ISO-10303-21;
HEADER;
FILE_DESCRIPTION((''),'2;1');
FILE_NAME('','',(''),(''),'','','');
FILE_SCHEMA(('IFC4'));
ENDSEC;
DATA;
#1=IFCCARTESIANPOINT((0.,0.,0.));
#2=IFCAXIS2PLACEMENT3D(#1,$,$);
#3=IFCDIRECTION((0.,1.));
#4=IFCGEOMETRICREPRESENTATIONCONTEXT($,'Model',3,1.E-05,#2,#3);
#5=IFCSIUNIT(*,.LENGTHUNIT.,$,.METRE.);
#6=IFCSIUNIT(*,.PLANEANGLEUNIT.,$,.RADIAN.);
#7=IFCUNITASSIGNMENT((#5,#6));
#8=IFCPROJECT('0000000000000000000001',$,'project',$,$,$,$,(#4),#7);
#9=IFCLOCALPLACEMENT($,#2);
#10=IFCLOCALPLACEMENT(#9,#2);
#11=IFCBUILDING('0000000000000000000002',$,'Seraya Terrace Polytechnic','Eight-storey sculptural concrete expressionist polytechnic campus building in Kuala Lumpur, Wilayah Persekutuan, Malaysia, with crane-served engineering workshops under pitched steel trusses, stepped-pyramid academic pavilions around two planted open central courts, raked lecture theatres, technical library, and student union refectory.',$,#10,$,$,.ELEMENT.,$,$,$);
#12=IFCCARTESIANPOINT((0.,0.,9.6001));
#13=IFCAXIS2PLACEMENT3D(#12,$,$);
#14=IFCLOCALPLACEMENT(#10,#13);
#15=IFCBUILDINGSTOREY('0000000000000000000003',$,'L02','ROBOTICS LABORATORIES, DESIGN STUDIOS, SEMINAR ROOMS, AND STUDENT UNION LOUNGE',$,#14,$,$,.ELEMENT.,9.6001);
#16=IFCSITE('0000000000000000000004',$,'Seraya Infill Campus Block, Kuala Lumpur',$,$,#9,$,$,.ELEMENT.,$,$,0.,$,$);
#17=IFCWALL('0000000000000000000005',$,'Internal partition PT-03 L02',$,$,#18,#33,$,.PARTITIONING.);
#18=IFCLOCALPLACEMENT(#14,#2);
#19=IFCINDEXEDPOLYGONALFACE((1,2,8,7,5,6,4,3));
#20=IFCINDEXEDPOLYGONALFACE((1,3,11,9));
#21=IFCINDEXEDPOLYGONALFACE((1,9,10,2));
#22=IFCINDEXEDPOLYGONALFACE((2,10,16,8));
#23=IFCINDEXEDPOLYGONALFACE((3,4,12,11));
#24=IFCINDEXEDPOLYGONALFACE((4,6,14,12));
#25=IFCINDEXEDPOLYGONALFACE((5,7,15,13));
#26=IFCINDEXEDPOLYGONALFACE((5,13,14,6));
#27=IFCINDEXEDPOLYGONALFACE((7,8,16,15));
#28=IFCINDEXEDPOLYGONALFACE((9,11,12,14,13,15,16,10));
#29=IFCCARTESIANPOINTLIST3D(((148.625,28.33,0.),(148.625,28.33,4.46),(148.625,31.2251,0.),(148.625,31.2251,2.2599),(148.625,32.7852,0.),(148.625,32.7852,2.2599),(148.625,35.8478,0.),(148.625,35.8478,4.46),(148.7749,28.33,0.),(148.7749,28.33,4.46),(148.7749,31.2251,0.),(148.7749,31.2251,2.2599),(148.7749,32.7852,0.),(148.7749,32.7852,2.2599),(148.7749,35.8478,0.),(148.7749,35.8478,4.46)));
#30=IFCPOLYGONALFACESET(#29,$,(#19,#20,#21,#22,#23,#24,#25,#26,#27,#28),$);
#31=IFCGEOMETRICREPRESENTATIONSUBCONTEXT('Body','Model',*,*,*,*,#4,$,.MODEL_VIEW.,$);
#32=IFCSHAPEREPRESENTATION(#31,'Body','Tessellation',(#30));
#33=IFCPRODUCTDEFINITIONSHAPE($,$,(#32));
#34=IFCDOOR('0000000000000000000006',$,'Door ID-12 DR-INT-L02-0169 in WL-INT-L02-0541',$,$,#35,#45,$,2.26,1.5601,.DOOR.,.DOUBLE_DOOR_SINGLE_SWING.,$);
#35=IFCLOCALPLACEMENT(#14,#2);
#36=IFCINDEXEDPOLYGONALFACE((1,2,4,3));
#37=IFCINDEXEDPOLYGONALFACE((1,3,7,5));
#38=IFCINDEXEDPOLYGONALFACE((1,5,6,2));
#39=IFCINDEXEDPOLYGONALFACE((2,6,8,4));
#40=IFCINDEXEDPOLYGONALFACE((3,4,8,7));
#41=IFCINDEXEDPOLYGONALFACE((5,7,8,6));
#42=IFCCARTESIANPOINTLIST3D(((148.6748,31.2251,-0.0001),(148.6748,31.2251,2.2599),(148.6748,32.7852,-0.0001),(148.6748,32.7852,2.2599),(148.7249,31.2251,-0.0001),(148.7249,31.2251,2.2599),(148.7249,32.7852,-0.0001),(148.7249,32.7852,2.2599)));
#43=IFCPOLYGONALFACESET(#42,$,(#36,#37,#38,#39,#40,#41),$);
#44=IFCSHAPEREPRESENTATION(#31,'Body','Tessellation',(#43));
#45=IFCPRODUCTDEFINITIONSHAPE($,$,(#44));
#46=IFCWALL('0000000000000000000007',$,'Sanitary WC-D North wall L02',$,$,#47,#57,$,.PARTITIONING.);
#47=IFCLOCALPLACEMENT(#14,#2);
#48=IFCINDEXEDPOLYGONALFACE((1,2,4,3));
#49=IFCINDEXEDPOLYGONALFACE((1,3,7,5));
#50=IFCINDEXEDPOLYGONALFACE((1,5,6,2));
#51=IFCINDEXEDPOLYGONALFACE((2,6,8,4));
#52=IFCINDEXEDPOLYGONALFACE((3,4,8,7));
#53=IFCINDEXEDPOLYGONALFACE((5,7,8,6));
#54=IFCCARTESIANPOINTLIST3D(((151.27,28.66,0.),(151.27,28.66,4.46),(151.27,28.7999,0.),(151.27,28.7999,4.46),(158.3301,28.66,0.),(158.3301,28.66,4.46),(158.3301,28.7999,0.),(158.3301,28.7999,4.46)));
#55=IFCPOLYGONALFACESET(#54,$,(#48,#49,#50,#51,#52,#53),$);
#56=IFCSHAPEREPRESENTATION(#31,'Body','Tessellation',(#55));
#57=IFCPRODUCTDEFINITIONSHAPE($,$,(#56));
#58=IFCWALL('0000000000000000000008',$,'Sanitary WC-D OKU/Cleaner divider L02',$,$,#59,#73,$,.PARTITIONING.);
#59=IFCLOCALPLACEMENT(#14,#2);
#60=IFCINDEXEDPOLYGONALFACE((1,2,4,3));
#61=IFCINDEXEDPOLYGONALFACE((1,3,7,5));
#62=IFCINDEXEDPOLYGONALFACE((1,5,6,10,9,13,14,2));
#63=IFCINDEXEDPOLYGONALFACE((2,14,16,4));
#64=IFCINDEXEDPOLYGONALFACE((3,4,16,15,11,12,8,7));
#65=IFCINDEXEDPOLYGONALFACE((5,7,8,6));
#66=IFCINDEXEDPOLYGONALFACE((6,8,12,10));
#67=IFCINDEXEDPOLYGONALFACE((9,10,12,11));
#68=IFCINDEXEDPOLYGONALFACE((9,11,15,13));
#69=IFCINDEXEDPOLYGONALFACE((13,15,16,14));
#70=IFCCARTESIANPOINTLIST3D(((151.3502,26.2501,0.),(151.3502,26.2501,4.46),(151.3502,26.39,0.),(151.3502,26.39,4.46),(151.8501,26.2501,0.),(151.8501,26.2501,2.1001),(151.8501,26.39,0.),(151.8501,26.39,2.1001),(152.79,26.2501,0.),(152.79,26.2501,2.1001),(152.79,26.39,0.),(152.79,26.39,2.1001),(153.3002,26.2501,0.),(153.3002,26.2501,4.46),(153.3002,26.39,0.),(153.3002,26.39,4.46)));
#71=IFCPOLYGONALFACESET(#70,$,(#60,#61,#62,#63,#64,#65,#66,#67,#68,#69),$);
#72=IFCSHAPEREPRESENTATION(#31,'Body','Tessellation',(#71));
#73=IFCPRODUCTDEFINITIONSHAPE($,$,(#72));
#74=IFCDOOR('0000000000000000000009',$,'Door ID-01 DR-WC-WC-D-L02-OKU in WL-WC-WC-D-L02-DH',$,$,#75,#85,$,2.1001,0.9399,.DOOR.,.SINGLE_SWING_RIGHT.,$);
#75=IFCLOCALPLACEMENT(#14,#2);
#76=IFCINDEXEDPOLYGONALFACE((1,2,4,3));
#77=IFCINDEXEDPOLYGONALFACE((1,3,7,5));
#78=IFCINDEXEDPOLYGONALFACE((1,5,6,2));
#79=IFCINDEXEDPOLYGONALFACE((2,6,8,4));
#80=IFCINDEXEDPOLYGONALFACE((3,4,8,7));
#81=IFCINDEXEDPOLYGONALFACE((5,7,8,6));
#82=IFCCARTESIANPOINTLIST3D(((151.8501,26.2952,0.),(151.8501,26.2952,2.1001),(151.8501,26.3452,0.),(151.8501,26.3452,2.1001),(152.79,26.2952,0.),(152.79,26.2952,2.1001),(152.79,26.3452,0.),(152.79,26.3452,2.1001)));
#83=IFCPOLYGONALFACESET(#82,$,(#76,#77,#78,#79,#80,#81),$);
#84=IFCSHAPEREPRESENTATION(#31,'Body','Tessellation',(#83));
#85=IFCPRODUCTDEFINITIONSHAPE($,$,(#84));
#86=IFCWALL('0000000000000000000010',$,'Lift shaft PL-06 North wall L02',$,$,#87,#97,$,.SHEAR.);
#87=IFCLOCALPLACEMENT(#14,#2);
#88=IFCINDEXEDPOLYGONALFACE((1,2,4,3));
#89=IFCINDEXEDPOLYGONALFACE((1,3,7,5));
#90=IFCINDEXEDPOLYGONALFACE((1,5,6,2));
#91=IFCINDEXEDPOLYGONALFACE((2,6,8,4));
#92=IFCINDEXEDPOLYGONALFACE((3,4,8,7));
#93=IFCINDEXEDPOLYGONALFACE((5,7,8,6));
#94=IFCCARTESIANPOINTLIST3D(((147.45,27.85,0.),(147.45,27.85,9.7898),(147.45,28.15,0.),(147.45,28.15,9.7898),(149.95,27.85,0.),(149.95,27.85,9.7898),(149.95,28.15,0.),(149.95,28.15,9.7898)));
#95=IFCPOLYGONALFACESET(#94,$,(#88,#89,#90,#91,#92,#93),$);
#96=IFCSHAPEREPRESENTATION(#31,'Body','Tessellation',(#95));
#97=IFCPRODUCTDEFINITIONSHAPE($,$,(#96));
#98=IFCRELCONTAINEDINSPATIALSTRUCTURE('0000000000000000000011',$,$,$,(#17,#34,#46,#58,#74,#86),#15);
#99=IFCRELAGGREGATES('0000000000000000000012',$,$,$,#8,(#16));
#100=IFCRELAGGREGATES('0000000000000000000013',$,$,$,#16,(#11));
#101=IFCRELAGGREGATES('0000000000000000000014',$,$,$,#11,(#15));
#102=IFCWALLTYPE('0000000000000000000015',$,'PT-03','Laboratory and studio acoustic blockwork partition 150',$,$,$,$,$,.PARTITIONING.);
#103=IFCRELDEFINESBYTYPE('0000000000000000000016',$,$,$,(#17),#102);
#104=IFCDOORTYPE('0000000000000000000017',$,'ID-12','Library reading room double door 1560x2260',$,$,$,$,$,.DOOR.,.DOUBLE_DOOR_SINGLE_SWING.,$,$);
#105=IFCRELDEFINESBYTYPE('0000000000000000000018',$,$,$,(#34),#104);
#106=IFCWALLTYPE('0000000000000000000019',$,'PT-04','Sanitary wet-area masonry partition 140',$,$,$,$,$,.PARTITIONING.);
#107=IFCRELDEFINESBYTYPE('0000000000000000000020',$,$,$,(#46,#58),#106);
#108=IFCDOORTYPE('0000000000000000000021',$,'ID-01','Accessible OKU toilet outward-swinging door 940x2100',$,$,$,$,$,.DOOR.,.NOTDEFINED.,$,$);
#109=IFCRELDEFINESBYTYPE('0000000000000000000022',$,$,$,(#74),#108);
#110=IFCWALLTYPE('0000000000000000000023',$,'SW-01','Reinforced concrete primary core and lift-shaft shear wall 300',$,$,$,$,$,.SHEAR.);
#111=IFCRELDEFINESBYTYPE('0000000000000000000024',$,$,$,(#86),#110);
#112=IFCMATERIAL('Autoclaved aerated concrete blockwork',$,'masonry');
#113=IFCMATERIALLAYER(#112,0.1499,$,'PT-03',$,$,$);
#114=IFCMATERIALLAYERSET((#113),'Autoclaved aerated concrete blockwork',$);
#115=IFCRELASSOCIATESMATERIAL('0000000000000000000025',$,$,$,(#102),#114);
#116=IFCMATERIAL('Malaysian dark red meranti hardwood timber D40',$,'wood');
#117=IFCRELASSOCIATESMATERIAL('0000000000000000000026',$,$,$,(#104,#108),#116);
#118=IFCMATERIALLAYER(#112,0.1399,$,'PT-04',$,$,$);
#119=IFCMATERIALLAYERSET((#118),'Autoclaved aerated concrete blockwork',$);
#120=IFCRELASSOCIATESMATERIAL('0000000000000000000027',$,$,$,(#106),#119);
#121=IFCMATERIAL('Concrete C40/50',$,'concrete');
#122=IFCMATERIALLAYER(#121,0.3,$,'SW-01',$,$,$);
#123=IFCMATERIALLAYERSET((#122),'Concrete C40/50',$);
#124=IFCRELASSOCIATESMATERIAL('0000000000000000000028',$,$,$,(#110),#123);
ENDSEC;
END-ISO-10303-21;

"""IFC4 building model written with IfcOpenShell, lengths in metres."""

from ifc_helpers import new_model, si_unit, direction, frame, frame_2d, origin, place, context, subcontext, project, spatial, rectangle, extrude, material, layer, layer_set, type_object, element, fill, save


model = new_model("IFC4")

# Units and contexts
model_context = context("Model", 3, precision=1e-05, world=origin(), true_north=direction((0.0, 1.0)))
body_context = subcontext(model_context, "Body", "Model", "MODEL_VIEW")
ifc_project = project(units=[si_unit("LENGTHUNIT", "METRE"), si_unit("PLANEANGLEUNIT", "RADIAN")], contexts=[model_context])

# Site, building, storey
site_placement = place(None, origin())
site = spatial("IfcSite", under=ifc_project, at=site_placement, Name="Seraya Infill Campus Block, Kuala Lumpur", CompositionType="ELEMENT", RefElevation=0.0)
building_placement = place(site_placement, origin())
building = spatial("IfcBuilding", under=site, at=building_placement, Name="Seraya Terrace Polytechnic", Description="Eight-storey sculptural concrete expressionist polytechnic campus building in Kuala Lumpur, Wilayah Persekutuan, Malaysia, with crane-served engineering workshops under pitched steel trusses, stepped-pyramid academic pavilions around two planted open central courts, raked lecture theatres, technical library, and student union refectory.", CompositionType="ELEMENT")
storey_placement = place(building_placement, frame((0.0, 0.0, 9.6001)))
storey = spatial("IfcBuildingStorey", under=building, at=storey_placement, Name="L02", Description="ROBOTICS LABORATORIES, DESIGN STUDIOS, SEMINAR ROOMS, AND STUDENT UNION LOUNGE", CompositionType="ELEMENT", Elevation=9.6001)

# Shared definitions
ifc_material_1 = material(Name="Concrete C40/50", Category="concrete")

# Wall, opening, door
ifc_material_2 = material(Name="Autoclaved aerated concrete blockwork", Category="masonry")
ifc_layer_1 = layer(ifc_material_2, 0.1499, Name="PT-03")
ifc_layer_set_1 = layer_set([ifc_layer_1], Name="Autoclaved aerated concrete blockwork")
wall_type_1 = type_object("IfcWallType", Name="PT-03", Description="Laboratory and studio acoustic blockwork partition 150", PredefinedType="PARTITIONING", material=ifc_layer_set_1)
wall_1_placement = place(storey_placement, frame((148.7, 28.3301, 0.0), z_axis=(0.0, 0.0, 1.0), x_axis=(0.0, 1.0, 0.0)))
wall_1 = element("IfcWall", 1, at=wall_1_placement, inside=storey, type_object=wall_type_1, Name="Internal partition PT-03 L02", PredefinedType="PARTITIONING", context=body_context, shape_type="SweptSolid", body=[
    extrude(rectangle(XDim=7.5178, YDim=0.1499, at=frame_2d((3.7588, 0.0))), origin(), (0.0, 0.0, 1.0), 4.46),
])
opening_1_placement = place(wall_1_placement, frame((2.895, 0.0, 0.0)))
opening_1 = element("IfcOpeningElement", 2, at=opening_1_placement, cuts=wall_1, PredefinedType="OPENING", context=body_context, shape_type="SweptSolid", body=[
    extrude(rectangle(XDim=1.5601, YDim=2.26, at=frame_2d((0.78, 1.1299))), frame((0.0, 0.0869, 0.0), z_axis=(0.0, -1.0, 0.0), x_axis=(1.0, 0.0, 0.0)), (0.0, 0.0, 1.0), 0.1738),
])
ifc_material_3 = material(Name="Malaysian dark red meranti hardwood timber D40", Category="wood")
door_type_1 = type_object("IfcDoorType", Name="ID-12", Description="Library reading room double door 1560x2260", OperationType="DOUBLE_DOOR_SINGLE_SWING", PredefinedType="DOOR", material=ifc_material_3)
door_1_placement = place(opening_1_placement, frame((1.5601, 0.0, 0.0), z_axis=(0.0, 0.0, 1.0), x_axis=(-1.0, 0.0, 0.0)))
door_1 = element("IfcDoor", 3, at=door_1_placement, inside=storey, type_object=door_type_1, Name="Door ID-12 DR-INT-L02-0169 in WL-INT-L02-0541", OperationType="DOUBLE_DOOR_SINGLE_SWING", OverallHeight=2.26, OverallWidth=1.5601, PredefinedType="DOOR", context=body_context, shape_type="SweptSolid", body=[
    extrude(rectangle(XDim=1.5601, YDim=2.26, at=frame_2d((0.78, 1.1299))), frame((0.0, 0.0249, 0.0), z_axis=(0.0, -1.0, 0.0), x_axis=(1.0, 0.0, 0.0)), (0.0, 0.0, 1.0), 0.05),
])
fill(opening_1, door_1)

# Wall
ifc_layer_2 = layer(ifc_material_2, 0.1399, Name="PT-04")
ifc_layer_set_2 = layer_set([ifc_layer_2], Name="Autoclaved aerated concrete blockwork")
wall_type_2 = type_object("IfcWallType", Name="PT-04", Description="Sanitary wet-area masonry partition 140", PredefinedType="PARTITIONING", material=ifc_layer_set_2)
wall_2_placement = place(storey_placement, frame((151.27, 28.73, 0.0), z_axis=(0.0, 0.0, 1.0), x_axis=(1.0, 0.0, 0.0)))
element("IfcWall", 4, at=wall_2_placement, inside=storey, type_object=wall_type_2, Name="Sanitary WC-D North wall L02", PredefinedType="PARTITIONING", context=body_context, shape_type="SweptSolid", body=[
    extrude(rectangle(XDim=7.0601, YDim=0.1399, at=frame_2d((3.53, 0.0))), origin(), (0.0, 0.0, 1.0), 4.46),
])

# Wall, opening, door
wall_3_placement = place(storey_placement, frame((151.3501, 26.3201, 0.0), z_axis=(0.0, 0.0, 1.0), x_axis=(1.0, 0.0, 0.0)))
wall_3 = element("IfcWall", 5, at=wall_3_placement, inside=storey, type_object=wall_type_2, Name="Sanitary WC-D OKU/Cleaner divider L02", PredefinedType="PARTITIONING", context=body_context, shape_type="SweptSolid", body=[
    extrude(rectangle(XDim=1.95, YDim=0.1399, at=frame_2d((0.9751, 0.0))), origin(), (0.0, 0.0, 1.0), 4.46),
])
opening_2_placement = place(wall_3_placement, frame((0.5, 0.0, 0.0)))
opening_2 = element("IfcOpeningElement", 6, at=opening_2_placement, cuts=wall_3, PredefinedType="OPENING", context=body_context, shape_type="SweptSolid", body=[
    extrude(rectangle(XDim=0.9399, YDim=2.1001, at=frame_2d((0.47, 1.05))), frame((0.0, 0.082, 0.0), z_axis=(0.0, -1.0, 0.0), x_axis=(1.0, 0.0, 0.0)), (0.0, 0.0, 1.0), 0.1638),
])
door_type_2 = type_object("IfcDoorType", Name="ID-01", Description="Accessible OKU toilet outward-swinging door 940x2100", OperationType="NOTDEFINED", PredefinedType="DOOR", material=ifc_material_3)
door_2_placement = place(opening_2_placement, frame((0.9399, 0.0, 0.0), z_axis=(0.0, 0.0, 1.0), x_axis=(-1.0, 0.0, 0.0)))
door_2 = element("IfcDoor", 7, at=door_2_placement, inside=storey, type_object=door_type_2, Name="Door ID-01 DR-WC-WC-D-L02-OKU in WL-WC-WC-D-L02-DH", OperationType="SINGLE_SWING_RIGHT", OverallHeight=2.1001, OverallWidth=0.9399, PredefinedType="DOOR", context=body_context, shape_type="SweptSolid", body=[
    extrude(rectangle(XDim=0.9399, YDim=2.1001, at=frame_2d((0.47, 1.05))), frame((0.0, 0.0249, 0.0), z_axis=(0.0, -1.0, 0.0), x_axis=(1.0, 0.0, 0.0)), (0.0, 0.0, 1.0), 0.05),
])
fill(opening_2, door_2)

# Wall
ifc_layer_3 = layer(ifc_material_1, 0.3, Name="SW-01")
ifc_layer_set_3 = layer_set([ifc_layer_3], Name="Concrete C40/50")
wall_type_3 = type_object("IfcWallType", Name="SW-01", Description="Reinforced concrete primary core and lift-shaft shear wall 300", PredefinedType="SHEAR", material=ifc_layer_set_3)
wall_4_placement = place(storey_placement, frame((147.45, 28.0, 0.0), z_axis=(0.0, 0.0, 1.0), x_axis=(1.0, 0.0, 0.0)))
element("IfcWall", 8, at=wall_4_placement, inside=storey, type_object=wall_type_3, Name="Lift shaft PL-06 North wall L02", PredefinedType="SHEAR", context=body_context, shape_type="SweptSolid", body=[
    extrude(rectangle(XDim=2.5, YDim=0.3, at=frame_2d((1.25, 0.0))), origin(), (0.0, 0.0, 1.0), 9.7898),
])

save(model, "model.ifc")
